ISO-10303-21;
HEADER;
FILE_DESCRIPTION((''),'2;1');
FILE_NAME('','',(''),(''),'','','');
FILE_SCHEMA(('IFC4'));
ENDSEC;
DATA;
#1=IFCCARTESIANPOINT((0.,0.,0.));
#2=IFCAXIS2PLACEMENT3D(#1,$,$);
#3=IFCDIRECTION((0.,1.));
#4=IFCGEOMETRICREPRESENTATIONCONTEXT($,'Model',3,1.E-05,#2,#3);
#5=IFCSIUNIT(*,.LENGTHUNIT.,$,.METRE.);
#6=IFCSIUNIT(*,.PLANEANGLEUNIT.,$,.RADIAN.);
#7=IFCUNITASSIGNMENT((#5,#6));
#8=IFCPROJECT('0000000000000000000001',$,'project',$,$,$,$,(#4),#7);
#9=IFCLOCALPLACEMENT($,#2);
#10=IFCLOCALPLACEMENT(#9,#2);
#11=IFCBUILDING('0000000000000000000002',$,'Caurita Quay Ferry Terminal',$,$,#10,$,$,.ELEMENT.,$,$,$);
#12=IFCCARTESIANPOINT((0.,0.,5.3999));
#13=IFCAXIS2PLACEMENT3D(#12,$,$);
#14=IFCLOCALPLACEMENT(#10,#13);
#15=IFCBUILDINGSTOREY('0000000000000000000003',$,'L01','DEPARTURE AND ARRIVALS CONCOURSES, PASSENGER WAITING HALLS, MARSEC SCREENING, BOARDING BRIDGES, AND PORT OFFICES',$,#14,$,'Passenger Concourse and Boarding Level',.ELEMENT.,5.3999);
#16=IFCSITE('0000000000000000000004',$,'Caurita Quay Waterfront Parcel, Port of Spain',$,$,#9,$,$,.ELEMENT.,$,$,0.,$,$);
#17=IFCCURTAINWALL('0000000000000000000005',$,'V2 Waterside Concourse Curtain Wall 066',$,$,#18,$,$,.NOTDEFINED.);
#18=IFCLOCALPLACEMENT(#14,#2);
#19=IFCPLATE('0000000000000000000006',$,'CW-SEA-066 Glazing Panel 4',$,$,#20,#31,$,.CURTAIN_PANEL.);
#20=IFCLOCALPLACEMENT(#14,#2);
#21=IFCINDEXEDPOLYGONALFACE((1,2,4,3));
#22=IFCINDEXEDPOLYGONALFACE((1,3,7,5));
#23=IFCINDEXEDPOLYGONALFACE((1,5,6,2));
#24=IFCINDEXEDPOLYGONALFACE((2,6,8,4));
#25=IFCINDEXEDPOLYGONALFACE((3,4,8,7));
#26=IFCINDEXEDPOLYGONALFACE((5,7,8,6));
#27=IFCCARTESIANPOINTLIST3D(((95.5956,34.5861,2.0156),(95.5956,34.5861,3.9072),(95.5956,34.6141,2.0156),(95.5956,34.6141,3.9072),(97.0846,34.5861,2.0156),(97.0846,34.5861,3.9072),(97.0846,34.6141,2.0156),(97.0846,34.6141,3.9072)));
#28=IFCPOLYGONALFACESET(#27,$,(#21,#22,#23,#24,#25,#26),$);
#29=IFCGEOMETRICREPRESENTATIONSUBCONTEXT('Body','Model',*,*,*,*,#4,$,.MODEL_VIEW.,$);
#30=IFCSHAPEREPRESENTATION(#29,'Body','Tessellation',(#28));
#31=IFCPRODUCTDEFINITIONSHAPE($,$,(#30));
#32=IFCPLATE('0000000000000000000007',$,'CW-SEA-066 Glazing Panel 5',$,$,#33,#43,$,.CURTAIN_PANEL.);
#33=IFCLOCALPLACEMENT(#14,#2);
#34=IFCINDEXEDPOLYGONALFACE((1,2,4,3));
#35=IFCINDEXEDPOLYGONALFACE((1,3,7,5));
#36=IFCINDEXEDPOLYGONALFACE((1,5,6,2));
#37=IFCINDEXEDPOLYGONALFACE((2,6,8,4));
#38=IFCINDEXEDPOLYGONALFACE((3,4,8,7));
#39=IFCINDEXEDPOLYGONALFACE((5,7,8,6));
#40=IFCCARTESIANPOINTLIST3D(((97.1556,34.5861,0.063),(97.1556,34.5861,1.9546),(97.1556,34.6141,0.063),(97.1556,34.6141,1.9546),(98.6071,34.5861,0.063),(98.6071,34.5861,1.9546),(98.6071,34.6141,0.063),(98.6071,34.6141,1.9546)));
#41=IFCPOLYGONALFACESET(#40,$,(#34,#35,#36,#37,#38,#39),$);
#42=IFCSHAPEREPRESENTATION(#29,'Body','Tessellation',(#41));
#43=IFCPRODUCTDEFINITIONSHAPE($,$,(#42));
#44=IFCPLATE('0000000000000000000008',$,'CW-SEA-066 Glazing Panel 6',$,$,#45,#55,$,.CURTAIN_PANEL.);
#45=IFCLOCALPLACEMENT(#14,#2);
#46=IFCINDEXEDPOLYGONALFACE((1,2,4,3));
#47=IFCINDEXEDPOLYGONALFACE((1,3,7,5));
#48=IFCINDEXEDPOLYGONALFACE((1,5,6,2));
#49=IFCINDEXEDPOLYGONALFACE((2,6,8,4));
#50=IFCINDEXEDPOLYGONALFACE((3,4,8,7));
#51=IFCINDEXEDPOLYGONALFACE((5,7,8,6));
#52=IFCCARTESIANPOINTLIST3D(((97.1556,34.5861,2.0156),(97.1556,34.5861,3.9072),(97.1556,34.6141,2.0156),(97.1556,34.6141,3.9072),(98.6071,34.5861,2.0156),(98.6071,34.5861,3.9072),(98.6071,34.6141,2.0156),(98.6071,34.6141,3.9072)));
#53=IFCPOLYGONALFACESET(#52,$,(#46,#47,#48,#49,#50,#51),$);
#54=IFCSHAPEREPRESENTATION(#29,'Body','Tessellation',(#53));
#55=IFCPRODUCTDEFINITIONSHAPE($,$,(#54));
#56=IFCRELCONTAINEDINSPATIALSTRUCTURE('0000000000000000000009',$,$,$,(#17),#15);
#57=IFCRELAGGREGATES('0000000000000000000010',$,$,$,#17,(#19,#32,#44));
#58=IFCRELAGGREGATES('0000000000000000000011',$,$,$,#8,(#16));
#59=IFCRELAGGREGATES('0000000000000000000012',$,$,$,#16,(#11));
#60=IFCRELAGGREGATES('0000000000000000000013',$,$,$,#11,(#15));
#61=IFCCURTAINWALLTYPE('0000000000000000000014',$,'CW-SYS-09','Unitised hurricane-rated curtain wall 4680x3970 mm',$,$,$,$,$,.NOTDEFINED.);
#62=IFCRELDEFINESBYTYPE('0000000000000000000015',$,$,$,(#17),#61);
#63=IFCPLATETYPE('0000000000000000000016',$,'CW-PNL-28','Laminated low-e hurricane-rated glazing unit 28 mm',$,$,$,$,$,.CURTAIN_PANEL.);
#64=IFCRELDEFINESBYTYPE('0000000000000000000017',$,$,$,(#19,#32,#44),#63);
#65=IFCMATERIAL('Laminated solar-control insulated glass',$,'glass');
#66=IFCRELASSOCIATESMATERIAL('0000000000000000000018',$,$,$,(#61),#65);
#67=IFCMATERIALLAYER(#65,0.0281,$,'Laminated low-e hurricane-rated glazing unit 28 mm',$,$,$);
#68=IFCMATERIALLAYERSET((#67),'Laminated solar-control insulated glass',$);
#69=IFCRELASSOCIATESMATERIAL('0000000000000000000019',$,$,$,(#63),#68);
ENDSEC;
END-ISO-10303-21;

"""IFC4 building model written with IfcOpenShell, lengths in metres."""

from ifc_helpers import new_model, si_unit, direction, frame, origin, origin_2d, place, context, subcontext, project, spatial, rectangle, extrude, material, layer, layer_set, type_object, element, aggregate, save


model = new_model("IFC4")

# Units and contexts
model_context = context("Model", 3, precision=1e-05, world=origin(), true_north=direction((0.0, 1.0)))
body_context = subcontext(model_context, "Body", "Model", "MODEL_VIEW")
ifc_project = project(units=[si_unit("LENGTHUNIT", "METRE"), si_unit("PLANEANGLEUNIT", "RADIAN")], contexts=[model_context])

# Site, building, storey
site_placement = place(None, origin())
site = spatial("IfcSite", under=ifc_project, at=site_placement, Name="Caurita Quay Waterfront Parcel, Port of Spain", CompositionType="ELEMENT", RefElevation=0.0)
building_placement = place(site_placement, origin())
building = spatial("IfcBuilding", under=site, at=building_placement, Name="Caurita Quay Ferry Terminal", CompositionType="ELEMENT")
storey_placement = place(building_placement, frame((0.0, 0.0, 5.3999)))
storey = spatial("IfcBuildingStorey", under=building, at=storey_placement, Name="L01", Description="DEPARTURE AND ARRIVALS CONCOURSES, PASSENGER WAITING HALLS, MARSEC SCREENING, BOARDING BRIDGES, AND PORT OFFICES", LongName="Passenger Concourse and Boarding Level", CompositionType="ELEMENT", Elevation=5.3999)

# Curtain wall
ifc_material_1 = material(Name="Laminated solar-control insulated glass", Category="glass")
curtain_wall_type = type_object("IfcCurtainWallType", Name="CW-SYS-09", Description="Unitised hurricane-rated curtain wall 4680x3970 mm", PredefinedType="NOTDEFINED", material=ifc_material_1)
curtain_wall_1_placement = place(storey_placement, origin())
curtain_wall_1 = element("IfcCurtainWall", 1, at=curtain_wall_1_placement, inside=storey, type_object=curtain_wall_type, Name="V2 Waterside Concourse Curtain Wall 066", PredefinedType="NOTDEFINED")

# Plates
ifc_layer = layer(ifc_material_1, 0.0281, Name="Laminated low-e hurricane-rated glazing unit 28 mm")
ifc_layer_set = layer_set([ifc_layer], Name="Laminated solar-control insulated glass")
plate_type = type_object("IfcPlateType", Name="CW-PNL-28", Description="Laminated low-e hurricane-rated glazing unit 28 mm", PredefinedType="CURTAIN_PANEL", material=ifc_layer_set)
plate_1_placement = place(storey_placement, frame((96.3401, 34.6001, 2.0156), z_axis=(0.0, 0.0, 1.0), x_axis=(1.0, 0.0, 0.0)))
plate_1 = element("IfcPlate", 2, at=plate_1_placement, type_object=plate_type, Name="CW-SEA-066 Glazing Panel 4", PredefinedType="CURTAIN_PANEL", context=body_context, shape_type="SweptSolid", body=[
    extrude(rectangle(XDim=1.489, YDim=0.0281, at=origin_2d()), origin(), (0.0, 0.0, 1.0), 1.8916),
])
plate_2_placement = place(storey_placement, frame((97.8813, 34.6001, 0.063), z_axis=(0.0, 0.0, 1.0), x_axis=(1.0, 0.0, 0.0)))
plate_2 = element("IfcPlate", 3, at=plate_2_placement, type_object=plate_type, Name="CW-SEA-066 Glazing Panel 5", PredefinedType="CURTAIN_PANEL", context=body_context, shape_type="SweptSolid", body=[
    extrude(rectangle(XDim=1.4514, YDim=0.0281, at=origin_2d()), origin(), (0.0, 0.0, 1.0), 1.8916),
])
plate_3_placement = place(storey_placement, frame((97.8813, 34.6001, 2.0156), z_axis=(0.0, 0.0, 1.0), x_axis=(1.0, 0.0, 0.0)))
plate_3 = element("IfcPlate", 4, at=plate_3_placement, type_object=plate_type, Name="CW-SEA-066 Glazing Panel 6", PredefinedType="CURTAIN_PANEL", context=body_context, shape_type="SweptSolid", body=[
    extrude(rectangle(XDim=1.4514, YDim=0.0281, at=origin_2d()), origin(), (0.0, 0.0, 1.0), 1.8916),
])
aggregate(curtain_wall_1, [plate_1, plate_2, plate_3])

save(model, "model.ifc")
